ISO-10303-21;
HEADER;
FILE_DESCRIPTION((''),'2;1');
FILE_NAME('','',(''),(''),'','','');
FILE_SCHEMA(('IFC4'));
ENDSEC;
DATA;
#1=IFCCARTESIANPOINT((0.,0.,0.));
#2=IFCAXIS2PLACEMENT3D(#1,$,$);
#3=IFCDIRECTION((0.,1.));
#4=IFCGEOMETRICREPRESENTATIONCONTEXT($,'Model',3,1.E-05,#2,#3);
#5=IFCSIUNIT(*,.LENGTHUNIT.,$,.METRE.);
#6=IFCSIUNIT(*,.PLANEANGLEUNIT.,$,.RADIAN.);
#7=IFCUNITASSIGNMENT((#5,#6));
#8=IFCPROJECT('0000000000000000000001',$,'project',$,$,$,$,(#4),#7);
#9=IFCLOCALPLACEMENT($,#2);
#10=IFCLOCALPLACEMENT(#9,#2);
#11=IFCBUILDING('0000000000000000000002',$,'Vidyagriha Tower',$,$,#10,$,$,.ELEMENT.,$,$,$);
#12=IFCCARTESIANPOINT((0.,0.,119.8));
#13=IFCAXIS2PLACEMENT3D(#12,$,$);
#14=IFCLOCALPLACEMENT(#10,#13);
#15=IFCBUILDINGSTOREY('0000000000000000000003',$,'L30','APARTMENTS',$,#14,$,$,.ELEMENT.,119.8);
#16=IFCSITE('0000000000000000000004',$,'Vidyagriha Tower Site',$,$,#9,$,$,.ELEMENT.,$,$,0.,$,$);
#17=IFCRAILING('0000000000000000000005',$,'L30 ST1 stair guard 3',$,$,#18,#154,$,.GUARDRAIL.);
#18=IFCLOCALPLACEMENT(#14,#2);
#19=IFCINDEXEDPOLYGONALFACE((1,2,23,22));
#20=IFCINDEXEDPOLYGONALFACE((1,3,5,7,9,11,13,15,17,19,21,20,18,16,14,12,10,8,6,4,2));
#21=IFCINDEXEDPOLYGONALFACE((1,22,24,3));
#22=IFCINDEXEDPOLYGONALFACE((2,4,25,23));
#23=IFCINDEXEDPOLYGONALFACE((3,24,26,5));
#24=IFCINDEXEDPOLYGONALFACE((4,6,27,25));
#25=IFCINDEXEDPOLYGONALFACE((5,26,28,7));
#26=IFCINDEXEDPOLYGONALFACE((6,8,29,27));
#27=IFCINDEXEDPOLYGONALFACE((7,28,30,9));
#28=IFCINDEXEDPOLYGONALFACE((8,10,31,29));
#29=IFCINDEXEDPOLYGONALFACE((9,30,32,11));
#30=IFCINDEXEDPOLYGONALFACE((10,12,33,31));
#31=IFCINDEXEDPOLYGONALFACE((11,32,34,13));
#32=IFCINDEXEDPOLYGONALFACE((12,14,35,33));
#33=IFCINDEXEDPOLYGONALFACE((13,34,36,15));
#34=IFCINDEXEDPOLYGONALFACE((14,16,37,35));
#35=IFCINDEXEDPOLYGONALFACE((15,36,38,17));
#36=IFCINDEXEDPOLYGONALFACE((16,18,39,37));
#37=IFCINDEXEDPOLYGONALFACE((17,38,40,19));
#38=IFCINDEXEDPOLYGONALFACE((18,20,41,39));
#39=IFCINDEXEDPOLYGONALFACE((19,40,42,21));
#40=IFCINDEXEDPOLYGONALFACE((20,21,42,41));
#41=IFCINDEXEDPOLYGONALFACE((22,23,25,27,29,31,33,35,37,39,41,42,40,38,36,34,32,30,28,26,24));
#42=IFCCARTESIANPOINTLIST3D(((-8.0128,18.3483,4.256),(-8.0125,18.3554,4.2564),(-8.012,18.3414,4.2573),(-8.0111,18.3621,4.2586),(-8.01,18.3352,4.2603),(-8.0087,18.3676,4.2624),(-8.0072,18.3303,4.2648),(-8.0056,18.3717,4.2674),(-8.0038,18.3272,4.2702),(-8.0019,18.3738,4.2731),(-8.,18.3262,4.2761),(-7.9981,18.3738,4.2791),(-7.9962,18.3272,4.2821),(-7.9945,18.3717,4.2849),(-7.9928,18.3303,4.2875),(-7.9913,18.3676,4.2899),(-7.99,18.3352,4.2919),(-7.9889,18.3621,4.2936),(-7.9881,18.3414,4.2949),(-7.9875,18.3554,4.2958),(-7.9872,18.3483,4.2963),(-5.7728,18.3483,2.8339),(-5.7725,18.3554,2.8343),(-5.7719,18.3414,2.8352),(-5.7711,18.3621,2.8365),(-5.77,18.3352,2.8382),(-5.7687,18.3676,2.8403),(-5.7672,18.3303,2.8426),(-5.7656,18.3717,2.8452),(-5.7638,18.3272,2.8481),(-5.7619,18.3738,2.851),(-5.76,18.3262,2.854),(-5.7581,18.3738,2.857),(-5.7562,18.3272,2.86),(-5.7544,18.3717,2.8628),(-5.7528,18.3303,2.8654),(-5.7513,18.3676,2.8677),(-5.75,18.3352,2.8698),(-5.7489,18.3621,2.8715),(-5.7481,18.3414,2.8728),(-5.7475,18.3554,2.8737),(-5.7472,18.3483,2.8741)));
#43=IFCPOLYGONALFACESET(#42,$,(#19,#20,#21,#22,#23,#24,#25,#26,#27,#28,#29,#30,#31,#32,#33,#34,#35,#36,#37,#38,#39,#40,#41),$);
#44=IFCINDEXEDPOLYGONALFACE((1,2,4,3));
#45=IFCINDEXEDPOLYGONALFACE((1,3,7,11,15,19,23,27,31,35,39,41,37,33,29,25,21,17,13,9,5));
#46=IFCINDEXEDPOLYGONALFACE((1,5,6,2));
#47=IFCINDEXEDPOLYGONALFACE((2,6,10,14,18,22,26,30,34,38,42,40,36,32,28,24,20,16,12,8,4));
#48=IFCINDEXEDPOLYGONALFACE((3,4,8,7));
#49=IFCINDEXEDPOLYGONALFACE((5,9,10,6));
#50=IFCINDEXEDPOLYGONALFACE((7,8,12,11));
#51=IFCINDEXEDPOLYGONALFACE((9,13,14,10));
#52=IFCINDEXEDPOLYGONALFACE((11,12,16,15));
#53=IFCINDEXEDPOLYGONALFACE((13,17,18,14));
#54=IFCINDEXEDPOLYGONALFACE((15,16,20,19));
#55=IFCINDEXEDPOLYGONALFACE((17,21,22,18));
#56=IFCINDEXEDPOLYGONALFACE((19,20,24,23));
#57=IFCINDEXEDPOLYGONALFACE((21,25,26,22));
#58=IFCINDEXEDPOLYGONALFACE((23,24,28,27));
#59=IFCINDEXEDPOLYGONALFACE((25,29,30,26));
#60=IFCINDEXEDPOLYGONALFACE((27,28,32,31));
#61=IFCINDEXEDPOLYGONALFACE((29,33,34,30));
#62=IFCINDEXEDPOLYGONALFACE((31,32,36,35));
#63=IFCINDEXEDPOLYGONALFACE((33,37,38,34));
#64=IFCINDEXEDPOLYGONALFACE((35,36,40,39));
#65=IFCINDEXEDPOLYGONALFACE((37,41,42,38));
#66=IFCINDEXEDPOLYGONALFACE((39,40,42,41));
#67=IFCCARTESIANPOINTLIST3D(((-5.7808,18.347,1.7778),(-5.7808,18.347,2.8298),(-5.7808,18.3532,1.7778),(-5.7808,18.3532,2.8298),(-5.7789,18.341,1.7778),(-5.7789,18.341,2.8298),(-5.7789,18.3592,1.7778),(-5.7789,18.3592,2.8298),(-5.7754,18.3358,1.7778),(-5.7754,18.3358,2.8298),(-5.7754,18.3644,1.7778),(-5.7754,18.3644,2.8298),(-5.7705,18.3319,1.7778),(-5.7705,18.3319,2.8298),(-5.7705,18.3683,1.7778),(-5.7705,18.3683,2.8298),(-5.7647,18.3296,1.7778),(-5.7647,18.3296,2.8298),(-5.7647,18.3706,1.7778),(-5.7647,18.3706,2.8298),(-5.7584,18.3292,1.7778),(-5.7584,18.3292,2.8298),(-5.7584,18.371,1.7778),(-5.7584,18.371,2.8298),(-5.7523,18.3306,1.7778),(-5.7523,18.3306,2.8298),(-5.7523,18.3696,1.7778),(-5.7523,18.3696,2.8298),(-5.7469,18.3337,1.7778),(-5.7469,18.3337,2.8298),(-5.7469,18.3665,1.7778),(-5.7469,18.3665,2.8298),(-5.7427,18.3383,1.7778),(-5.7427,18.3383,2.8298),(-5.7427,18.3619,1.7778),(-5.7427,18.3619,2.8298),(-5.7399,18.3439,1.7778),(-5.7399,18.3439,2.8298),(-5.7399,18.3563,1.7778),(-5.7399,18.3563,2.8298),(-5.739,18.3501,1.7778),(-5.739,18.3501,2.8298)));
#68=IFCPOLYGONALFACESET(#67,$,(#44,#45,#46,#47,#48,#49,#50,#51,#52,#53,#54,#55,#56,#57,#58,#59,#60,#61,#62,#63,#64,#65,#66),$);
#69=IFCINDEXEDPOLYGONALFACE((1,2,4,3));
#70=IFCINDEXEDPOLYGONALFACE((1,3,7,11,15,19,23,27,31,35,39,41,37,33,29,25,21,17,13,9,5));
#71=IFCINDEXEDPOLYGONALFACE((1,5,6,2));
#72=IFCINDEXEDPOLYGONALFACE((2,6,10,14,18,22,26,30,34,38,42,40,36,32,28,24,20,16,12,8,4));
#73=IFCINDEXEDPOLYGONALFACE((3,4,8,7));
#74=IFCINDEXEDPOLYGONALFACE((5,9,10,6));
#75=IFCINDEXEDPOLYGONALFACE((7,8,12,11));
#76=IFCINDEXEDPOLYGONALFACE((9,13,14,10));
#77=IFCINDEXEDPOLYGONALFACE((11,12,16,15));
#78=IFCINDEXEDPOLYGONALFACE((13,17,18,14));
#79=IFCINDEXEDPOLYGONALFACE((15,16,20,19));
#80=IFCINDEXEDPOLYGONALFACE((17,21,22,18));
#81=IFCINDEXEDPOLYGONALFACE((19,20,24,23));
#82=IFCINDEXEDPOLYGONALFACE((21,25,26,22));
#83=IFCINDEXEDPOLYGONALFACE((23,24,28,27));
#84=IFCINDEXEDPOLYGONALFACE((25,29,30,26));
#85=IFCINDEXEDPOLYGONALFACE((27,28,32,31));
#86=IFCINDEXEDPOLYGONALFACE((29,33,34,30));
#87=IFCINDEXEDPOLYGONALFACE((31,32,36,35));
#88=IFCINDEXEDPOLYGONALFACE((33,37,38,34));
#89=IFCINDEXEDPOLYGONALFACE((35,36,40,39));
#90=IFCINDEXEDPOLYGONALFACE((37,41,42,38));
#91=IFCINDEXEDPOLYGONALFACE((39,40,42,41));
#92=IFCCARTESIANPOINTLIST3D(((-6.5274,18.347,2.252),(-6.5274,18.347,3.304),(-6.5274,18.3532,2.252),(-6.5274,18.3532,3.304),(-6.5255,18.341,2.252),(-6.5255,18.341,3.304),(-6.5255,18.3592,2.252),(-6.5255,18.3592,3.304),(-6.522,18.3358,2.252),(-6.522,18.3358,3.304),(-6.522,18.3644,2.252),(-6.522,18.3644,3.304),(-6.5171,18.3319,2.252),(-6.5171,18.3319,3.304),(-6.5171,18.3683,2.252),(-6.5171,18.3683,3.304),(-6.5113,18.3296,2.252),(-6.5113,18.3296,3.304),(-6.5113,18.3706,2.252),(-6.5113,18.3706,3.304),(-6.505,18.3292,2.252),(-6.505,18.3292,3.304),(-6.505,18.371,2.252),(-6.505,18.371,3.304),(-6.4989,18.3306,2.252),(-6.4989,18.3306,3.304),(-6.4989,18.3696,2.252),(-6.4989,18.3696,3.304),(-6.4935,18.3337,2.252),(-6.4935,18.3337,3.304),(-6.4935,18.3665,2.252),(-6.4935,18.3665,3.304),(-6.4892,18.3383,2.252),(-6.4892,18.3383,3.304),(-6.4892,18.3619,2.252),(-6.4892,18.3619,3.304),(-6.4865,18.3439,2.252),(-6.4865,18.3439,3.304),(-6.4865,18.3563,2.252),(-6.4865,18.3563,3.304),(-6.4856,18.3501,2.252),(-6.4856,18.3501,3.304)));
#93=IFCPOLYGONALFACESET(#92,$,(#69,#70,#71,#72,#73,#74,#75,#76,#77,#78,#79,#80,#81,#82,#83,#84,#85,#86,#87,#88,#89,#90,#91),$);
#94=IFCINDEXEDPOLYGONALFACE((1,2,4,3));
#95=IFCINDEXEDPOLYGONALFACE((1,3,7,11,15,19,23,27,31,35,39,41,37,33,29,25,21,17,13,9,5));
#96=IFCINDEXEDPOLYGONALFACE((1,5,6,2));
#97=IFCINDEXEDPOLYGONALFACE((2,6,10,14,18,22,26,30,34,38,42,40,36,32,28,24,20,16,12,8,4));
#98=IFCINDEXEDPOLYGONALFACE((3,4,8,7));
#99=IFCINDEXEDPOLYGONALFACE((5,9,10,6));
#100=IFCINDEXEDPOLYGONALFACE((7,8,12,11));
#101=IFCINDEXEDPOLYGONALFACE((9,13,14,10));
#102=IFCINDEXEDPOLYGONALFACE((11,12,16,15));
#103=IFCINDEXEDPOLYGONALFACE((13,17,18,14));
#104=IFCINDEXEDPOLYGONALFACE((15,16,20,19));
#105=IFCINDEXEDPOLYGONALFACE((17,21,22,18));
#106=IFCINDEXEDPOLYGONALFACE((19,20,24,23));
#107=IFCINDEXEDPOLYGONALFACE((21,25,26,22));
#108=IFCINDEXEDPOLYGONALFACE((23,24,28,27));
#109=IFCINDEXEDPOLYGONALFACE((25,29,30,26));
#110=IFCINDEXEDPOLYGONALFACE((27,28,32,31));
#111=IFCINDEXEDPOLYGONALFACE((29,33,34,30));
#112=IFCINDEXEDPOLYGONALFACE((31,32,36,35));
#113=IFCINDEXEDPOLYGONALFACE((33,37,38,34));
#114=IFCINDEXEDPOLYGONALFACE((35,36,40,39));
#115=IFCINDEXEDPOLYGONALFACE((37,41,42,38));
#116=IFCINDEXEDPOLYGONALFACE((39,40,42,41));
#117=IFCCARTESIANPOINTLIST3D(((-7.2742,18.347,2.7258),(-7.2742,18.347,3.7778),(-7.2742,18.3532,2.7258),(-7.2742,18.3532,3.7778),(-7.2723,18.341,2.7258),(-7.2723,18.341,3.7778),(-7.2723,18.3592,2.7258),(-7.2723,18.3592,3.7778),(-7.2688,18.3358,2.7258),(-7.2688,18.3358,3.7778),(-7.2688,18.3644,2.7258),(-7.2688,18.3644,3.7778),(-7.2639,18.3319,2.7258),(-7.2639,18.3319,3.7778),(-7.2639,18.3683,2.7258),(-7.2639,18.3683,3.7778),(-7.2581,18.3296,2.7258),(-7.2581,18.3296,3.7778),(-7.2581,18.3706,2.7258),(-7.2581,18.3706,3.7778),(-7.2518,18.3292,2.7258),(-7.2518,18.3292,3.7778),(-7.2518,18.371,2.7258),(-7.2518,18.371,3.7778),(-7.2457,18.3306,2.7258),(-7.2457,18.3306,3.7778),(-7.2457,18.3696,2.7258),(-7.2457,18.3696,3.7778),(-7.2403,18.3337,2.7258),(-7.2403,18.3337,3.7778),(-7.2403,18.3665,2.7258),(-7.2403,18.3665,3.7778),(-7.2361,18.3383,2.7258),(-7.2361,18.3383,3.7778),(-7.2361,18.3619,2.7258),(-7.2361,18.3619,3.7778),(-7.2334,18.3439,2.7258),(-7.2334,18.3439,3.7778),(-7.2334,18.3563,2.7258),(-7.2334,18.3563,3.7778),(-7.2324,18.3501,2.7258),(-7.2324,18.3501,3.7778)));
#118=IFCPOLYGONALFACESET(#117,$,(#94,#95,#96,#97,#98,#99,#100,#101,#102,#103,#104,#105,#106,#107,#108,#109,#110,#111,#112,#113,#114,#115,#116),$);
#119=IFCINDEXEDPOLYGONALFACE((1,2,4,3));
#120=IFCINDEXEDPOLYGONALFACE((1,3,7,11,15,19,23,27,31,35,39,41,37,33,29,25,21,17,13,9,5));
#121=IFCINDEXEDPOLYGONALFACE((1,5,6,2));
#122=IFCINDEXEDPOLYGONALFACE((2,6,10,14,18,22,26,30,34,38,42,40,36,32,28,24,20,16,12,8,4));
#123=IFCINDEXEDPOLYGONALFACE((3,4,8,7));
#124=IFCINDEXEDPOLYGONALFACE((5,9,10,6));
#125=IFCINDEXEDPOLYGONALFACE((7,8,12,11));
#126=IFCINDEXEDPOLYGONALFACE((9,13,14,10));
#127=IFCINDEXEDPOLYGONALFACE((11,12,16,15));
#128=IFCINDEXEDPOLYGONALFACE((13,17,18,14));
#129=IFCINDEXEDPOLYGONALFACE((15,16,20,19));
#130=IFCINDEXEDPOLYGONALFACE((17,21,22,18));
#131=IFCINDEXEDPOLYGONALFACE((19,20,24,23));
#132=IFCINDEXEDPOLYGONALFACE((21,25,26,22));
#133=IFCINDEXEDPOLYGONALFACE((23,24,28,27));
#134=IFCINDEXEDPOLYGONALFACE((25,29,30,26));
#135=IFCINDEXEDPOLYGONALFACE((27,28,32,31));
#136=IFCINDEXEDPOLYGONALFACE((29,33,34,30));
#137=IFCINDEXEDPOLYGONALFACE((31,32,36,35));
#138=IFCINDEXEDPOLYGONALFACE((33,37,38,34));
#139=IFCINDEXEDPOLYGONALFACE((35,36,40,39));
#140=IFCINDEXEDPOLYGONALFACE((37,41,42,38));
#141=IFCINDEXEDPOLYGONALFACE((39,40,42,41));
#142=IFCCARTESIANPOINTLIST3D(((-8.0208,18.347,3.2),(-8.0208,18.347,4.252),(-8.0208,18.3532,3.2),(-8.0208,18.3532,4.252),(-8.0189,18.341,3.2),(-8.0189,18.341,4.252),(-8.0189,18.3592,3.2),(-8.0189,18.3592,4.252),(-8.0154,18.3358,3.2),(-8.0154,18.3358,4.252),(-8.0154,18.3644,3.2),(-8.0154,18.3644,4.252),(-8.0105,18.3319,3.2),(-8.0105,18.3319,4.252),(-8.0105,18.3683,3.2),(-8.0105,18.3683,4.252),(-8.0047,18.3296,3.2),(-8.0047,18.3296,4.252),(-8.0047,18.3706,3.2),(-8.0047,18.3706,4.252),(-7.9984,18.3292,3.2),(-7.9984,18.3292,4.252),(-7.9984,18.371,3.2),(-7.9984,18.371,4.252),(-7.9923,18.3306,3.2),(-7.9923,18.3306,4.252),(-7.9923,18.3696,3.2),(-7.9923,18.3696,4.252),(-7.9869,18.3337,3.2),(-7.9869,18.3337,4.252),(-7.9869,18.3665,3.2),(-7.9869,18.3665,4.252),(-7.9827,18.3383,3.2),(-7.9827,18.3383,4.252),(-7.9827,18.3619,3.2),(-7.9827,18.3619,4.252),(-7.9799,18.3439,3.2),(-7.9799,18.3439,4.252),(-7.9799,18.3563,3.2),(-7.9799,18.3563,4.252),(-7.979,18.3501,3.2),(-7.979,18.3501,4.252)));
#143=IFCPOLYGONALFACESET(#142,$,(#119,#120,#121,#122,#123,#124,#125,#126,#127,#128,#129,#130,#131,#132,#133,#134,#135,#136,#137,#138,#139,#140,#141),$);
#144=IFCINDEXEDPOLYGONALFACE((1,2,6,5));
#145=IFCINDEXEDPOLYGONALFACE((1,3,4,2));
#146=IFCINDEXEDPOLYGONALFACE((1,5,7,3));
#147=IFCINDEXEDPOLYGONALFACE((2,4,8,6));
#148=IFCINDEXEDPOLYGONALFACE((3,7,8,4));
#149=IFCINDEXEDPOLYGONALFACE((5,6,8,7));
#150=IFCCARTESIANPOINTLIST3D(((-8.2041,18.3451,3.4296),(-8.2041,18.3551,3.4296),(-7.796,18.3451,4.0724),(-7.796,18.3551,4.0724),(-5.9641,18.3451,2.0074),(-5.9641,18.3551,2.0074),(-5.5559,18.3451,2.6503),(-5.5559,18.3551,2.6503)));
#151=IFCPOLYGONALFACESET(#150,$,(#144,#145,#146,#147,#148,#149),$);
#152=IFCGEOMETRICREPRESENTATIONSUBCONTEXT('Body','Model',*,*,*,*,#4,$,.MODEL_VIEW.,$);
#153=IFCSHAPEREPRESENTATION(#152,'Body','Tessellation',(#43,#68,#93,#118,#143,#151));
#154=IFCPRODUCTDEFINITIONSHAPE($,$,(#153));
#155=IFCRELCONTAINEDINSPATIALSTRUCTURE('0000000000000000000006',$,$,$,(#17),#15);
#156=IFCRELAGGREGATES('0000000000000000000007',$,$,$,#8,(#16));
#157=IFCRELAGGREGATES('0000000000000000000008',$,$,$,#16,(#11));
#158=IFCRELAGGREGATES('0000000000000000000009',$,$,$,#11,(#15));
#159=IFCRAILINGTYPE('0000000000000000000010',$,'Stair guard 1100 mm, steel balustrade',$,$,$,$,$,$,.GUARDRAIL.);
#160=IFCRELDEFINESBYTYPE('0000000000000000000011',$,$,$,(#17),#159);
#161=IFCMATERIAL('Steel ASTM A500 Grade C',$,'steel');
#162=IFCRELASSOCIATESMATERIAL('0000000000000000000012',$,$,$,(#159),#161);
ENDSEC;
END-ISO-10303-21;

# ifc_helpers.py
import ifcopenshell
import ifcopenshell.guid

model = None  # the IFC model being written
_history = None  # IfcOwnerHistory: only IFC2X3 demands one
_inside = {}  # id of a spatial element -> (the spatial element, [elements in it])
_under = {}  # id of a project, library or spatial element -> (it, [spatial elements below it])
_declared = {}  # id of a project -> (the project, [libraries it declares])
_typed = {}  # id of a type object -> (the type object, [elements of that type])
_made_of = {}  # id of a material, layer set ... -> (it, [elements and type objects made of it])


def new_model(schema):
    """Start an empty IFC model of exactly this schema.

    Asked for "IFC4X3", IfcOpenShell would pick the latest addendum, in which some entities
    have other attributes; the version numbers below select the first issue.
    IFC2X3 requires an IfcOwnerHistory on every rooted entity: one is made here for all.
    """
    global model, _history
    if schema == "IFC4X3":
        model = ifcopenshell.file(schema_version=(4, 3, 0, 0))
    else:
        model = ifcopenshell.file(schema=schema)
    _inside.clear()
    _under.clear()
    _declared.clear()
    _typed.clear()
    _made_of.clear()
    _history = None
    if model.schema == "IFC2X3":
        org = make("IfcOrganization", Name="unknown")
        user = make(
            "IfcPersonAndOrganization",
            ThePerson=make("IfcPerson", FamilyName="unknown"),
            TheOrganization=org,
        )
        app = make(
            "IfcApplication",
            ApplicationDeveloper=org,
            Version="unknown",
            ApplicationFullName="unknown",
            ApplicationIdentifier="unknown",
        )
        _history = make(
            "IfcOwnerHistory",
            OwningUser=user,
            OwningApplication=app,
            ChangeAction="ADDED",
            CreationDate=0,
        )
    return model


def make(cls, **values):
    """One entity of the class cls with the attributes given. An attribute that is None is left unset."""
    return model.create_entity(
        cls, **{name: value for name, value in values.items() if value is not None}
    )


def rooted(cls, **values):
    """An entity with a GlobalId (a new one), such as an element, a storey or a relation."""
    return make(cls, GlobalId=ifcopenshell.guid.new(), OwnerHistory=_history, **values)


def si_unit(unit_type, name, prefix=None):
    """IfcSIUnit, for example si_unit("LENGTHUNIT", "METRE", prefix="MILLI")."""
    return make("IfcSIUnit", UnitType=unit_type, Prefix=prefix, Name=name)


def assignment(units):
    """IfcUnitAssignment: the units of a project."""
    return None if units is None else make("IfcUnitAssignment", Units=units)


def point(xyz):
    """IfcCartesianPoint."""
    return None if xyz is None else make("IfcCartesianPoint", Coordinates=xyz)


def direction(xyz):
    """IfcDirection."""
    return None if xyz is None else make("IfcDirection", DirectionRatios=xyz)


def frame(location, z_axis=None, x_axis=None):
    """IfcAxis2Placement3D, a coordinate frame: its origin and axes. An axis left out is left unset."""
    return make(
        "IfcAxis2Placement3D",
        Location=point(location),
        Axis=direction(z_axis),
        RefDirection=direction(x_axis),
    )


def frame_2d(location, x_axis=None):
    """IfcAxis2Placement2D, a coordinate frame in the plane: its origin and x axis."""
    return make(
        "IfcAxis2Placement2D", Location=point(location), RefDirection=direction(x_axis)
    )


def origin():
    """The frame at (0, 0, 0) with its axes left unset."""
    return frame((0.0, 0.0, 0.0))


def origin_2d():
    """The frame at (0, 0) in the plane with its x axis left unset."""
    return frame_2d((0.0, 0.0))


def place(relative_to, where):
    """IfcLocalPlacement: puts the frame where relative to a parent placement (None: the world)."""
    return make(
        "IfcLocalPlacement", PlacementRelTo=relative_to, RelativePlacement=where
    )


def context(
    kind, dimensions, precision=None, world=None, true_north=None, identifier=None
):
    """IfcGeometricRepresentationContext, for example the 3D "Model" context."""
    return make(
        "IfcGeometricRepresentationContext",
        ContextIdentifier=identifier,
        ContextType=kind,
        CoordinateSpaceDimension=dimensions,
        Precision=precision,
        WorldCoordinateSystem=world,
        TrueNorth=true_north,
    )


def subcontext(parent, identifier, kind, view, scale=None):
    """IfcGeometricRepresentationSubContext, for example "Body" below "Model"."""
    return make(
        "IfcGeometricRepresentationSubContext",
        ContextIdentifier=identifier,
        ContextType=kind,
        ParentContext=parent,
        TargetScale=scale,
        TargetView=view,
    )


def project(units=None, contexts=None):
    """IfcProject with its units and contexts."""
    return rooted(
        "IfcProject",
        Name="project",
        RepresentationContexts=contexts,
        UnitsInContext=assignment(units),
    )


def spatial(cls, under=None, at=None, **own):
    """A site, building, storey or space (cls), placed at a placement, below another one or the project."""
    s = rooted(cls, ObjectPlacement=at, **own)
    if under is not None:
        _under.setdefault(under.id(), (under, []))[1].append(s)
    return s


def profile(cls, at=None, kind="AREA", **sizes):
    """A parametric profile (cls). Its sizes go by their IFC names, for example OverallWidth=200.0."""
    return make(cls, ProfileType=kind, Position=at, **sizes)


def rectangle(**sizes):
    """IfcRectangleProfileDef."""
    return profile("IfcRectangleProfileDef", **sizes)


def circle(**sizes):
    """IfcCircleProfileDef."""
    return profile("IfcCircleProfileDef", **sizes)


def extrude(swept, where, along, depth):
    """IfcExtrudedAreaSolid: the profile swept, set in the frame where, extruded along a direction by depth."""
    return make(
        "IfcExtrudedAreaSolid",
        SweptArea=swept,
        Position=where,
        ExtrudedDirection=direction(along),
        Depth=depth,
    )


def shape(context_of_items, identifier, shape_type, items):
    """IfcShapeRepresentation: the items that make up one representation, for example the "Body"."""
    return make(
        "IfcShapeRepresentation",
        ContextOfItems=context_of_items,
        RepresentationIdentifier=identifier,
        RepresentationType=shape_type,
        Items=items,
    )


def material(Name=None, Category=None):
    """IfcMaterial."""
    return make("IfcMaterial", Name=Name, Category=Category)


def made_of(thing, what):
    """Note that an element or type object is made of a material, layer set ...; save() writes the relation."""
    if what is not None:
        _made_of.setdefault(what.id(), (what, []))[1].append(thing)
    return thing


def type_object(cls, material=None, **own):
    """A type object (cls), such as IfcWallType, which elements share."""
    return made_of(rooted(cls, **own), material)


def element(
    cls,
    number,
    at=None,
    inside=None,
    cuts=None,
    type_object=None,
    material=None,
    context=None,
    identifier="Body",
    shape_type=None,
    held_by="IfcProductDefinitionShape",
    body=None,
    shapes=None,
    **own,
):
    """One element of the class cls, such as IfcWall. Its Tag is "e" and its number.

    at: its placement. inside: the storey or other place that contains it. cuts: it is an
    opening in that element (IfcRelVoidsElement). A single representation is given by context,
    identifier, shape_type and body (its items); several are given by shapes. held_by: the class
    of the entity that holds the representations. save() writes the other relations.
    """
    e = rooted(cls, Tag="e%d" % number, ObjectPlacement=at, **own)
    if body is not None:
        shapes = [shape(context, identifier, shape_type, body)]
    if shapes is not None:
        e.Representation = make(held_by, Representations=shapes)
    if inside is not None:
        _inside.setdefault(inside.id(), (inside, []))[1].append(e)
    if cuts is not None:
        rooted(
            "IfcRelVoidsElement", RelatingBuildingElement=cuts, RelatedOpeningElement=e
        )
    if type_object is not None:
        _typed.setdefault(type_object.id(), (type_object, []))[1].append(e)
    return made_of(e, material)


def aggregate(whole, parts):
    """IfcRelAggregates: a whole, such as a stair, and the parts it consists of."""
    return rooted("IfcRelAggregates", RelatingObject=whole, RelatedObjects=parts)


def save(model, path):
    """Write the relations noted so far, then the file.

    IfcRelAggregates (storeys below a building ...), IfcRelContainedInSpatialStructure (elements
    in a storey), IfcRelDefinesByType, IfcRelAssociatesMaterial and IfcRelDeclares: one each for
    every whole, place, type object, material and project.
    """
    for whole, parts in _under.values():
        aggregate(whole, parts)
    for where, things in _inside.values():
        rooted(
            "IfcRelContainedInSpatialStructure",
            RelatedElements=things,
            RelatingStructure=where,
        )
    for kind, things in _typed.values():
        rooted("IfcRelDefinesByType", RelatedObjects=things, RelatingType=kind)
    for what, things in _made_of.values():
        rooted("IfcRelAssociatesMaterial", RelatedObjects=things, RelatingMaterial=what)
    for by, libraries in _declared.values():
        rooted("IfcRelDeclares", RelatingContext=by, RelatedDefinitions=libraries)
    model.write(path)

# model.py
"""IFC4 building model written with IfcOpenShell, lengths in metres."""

from ifc_helpers import new_model, si_unit, direction, frame, origin, origin_2d, place, context, subcontext, project, spatial, rectangle, circle, extrude, material, type_object, element, save


model = new_model("IFC4")

# Units and contexts
model_context = context("Model", 3, precision=1e-05, world=origin(), true_north=direction((0.0, 1.0)))
body_context = subcontext(model_context, "Body", "Model", "MODEL_VIEW")
ifc_project = project(units=[si_unit("LENGTHUNIT", "METRE"), si_unit("PLANEANGLEUNIT", "RADIAN")], contexts=[model_context])

# Site, building, storey
site_placement = place(None, origin())
site = spatial("IfcSite", under=ifc_project, at=site_placement, Name="Vidyagriha Tower Site", CompositionType="ELEMENT", RefElevation=0.0)
building_placement = place(site_placement, origin())
building = spatial("IfcBuilding", under=site, at=building_placement, Name="Vidyagriha Tower", CompositionType="ELEMENT")
storey_placement = place(building_placement, frame((0.0, 0.0, 119.8)))
storey = spatial("IfcBuildingStorey", under=building, at=storey_placement, Name="L30", Description="APARTMENTS", CompositionType="ELEMENT", Elevation=119.8)

# Railing
ifc_material_1 = material(Name="Steel ASTM A500 Grade C", Category="steel")
railing_type_1 = type_object("IfcRailingType", Name="Stair guard 1100 mm, steel balustrade", PredefinedType="GUARDRAIL", material=ifc_material_1)
railing_1_placement = place(storey_placement, frame((-5.76, 18.3501, 1.7778)))
element("IfcRailing", 1, at=railing_1_placement, inside=storey, type_object=railing_type_1, Name="L30 ST1 stair guard 3", PredefinedType="GUARDRAIL", context=body_context, shape_type="SweptSolid", body=[
    extrude(circle(Radius=0.0239, at=origin_2d()), frame((0.0, 0.0, 1.0762), z_axis=(-0.844229, 0.0, 0.535982), x_axis=(0.0, -1.0, 0.0)), (0.0, 0.0, 1.0), 2.6533),
    extrude(circle(Radius=0.021, at=origin_2d()), origin(), (0.0, 0.0, 1.0), 1.052),
    extrude(circle(Radius=0.021, at=origin_2d()), frame((-0.7466, 0.0, 0.4741)), (0.0, 0.0, 1.0), 1.052),
    extrude(circle(Radius=0.021, at=origin_2d()), frame((-1.4934, 0.0, 0.948)), (0.0, 0.0, 1.0), 1.052),
    extrude(circle(Radius=0.021, at=origin_2d()), frame((-2.24, 0.0, 1.4221)), (0.0, 0.0, 1.0), 1.052),
    extrude(rectangle(XDim=0.01, YDim=0.7615, at=origin_2d()), frame((0.0, 0.0, 0.551), z_axis=(-0.844229, 0.0, 0.535982), x_axis=(0.0, -1.0, 0.0)), (0.0, 0.0, 1.0), 2.6533),
])

save(model, "model.ifc")
